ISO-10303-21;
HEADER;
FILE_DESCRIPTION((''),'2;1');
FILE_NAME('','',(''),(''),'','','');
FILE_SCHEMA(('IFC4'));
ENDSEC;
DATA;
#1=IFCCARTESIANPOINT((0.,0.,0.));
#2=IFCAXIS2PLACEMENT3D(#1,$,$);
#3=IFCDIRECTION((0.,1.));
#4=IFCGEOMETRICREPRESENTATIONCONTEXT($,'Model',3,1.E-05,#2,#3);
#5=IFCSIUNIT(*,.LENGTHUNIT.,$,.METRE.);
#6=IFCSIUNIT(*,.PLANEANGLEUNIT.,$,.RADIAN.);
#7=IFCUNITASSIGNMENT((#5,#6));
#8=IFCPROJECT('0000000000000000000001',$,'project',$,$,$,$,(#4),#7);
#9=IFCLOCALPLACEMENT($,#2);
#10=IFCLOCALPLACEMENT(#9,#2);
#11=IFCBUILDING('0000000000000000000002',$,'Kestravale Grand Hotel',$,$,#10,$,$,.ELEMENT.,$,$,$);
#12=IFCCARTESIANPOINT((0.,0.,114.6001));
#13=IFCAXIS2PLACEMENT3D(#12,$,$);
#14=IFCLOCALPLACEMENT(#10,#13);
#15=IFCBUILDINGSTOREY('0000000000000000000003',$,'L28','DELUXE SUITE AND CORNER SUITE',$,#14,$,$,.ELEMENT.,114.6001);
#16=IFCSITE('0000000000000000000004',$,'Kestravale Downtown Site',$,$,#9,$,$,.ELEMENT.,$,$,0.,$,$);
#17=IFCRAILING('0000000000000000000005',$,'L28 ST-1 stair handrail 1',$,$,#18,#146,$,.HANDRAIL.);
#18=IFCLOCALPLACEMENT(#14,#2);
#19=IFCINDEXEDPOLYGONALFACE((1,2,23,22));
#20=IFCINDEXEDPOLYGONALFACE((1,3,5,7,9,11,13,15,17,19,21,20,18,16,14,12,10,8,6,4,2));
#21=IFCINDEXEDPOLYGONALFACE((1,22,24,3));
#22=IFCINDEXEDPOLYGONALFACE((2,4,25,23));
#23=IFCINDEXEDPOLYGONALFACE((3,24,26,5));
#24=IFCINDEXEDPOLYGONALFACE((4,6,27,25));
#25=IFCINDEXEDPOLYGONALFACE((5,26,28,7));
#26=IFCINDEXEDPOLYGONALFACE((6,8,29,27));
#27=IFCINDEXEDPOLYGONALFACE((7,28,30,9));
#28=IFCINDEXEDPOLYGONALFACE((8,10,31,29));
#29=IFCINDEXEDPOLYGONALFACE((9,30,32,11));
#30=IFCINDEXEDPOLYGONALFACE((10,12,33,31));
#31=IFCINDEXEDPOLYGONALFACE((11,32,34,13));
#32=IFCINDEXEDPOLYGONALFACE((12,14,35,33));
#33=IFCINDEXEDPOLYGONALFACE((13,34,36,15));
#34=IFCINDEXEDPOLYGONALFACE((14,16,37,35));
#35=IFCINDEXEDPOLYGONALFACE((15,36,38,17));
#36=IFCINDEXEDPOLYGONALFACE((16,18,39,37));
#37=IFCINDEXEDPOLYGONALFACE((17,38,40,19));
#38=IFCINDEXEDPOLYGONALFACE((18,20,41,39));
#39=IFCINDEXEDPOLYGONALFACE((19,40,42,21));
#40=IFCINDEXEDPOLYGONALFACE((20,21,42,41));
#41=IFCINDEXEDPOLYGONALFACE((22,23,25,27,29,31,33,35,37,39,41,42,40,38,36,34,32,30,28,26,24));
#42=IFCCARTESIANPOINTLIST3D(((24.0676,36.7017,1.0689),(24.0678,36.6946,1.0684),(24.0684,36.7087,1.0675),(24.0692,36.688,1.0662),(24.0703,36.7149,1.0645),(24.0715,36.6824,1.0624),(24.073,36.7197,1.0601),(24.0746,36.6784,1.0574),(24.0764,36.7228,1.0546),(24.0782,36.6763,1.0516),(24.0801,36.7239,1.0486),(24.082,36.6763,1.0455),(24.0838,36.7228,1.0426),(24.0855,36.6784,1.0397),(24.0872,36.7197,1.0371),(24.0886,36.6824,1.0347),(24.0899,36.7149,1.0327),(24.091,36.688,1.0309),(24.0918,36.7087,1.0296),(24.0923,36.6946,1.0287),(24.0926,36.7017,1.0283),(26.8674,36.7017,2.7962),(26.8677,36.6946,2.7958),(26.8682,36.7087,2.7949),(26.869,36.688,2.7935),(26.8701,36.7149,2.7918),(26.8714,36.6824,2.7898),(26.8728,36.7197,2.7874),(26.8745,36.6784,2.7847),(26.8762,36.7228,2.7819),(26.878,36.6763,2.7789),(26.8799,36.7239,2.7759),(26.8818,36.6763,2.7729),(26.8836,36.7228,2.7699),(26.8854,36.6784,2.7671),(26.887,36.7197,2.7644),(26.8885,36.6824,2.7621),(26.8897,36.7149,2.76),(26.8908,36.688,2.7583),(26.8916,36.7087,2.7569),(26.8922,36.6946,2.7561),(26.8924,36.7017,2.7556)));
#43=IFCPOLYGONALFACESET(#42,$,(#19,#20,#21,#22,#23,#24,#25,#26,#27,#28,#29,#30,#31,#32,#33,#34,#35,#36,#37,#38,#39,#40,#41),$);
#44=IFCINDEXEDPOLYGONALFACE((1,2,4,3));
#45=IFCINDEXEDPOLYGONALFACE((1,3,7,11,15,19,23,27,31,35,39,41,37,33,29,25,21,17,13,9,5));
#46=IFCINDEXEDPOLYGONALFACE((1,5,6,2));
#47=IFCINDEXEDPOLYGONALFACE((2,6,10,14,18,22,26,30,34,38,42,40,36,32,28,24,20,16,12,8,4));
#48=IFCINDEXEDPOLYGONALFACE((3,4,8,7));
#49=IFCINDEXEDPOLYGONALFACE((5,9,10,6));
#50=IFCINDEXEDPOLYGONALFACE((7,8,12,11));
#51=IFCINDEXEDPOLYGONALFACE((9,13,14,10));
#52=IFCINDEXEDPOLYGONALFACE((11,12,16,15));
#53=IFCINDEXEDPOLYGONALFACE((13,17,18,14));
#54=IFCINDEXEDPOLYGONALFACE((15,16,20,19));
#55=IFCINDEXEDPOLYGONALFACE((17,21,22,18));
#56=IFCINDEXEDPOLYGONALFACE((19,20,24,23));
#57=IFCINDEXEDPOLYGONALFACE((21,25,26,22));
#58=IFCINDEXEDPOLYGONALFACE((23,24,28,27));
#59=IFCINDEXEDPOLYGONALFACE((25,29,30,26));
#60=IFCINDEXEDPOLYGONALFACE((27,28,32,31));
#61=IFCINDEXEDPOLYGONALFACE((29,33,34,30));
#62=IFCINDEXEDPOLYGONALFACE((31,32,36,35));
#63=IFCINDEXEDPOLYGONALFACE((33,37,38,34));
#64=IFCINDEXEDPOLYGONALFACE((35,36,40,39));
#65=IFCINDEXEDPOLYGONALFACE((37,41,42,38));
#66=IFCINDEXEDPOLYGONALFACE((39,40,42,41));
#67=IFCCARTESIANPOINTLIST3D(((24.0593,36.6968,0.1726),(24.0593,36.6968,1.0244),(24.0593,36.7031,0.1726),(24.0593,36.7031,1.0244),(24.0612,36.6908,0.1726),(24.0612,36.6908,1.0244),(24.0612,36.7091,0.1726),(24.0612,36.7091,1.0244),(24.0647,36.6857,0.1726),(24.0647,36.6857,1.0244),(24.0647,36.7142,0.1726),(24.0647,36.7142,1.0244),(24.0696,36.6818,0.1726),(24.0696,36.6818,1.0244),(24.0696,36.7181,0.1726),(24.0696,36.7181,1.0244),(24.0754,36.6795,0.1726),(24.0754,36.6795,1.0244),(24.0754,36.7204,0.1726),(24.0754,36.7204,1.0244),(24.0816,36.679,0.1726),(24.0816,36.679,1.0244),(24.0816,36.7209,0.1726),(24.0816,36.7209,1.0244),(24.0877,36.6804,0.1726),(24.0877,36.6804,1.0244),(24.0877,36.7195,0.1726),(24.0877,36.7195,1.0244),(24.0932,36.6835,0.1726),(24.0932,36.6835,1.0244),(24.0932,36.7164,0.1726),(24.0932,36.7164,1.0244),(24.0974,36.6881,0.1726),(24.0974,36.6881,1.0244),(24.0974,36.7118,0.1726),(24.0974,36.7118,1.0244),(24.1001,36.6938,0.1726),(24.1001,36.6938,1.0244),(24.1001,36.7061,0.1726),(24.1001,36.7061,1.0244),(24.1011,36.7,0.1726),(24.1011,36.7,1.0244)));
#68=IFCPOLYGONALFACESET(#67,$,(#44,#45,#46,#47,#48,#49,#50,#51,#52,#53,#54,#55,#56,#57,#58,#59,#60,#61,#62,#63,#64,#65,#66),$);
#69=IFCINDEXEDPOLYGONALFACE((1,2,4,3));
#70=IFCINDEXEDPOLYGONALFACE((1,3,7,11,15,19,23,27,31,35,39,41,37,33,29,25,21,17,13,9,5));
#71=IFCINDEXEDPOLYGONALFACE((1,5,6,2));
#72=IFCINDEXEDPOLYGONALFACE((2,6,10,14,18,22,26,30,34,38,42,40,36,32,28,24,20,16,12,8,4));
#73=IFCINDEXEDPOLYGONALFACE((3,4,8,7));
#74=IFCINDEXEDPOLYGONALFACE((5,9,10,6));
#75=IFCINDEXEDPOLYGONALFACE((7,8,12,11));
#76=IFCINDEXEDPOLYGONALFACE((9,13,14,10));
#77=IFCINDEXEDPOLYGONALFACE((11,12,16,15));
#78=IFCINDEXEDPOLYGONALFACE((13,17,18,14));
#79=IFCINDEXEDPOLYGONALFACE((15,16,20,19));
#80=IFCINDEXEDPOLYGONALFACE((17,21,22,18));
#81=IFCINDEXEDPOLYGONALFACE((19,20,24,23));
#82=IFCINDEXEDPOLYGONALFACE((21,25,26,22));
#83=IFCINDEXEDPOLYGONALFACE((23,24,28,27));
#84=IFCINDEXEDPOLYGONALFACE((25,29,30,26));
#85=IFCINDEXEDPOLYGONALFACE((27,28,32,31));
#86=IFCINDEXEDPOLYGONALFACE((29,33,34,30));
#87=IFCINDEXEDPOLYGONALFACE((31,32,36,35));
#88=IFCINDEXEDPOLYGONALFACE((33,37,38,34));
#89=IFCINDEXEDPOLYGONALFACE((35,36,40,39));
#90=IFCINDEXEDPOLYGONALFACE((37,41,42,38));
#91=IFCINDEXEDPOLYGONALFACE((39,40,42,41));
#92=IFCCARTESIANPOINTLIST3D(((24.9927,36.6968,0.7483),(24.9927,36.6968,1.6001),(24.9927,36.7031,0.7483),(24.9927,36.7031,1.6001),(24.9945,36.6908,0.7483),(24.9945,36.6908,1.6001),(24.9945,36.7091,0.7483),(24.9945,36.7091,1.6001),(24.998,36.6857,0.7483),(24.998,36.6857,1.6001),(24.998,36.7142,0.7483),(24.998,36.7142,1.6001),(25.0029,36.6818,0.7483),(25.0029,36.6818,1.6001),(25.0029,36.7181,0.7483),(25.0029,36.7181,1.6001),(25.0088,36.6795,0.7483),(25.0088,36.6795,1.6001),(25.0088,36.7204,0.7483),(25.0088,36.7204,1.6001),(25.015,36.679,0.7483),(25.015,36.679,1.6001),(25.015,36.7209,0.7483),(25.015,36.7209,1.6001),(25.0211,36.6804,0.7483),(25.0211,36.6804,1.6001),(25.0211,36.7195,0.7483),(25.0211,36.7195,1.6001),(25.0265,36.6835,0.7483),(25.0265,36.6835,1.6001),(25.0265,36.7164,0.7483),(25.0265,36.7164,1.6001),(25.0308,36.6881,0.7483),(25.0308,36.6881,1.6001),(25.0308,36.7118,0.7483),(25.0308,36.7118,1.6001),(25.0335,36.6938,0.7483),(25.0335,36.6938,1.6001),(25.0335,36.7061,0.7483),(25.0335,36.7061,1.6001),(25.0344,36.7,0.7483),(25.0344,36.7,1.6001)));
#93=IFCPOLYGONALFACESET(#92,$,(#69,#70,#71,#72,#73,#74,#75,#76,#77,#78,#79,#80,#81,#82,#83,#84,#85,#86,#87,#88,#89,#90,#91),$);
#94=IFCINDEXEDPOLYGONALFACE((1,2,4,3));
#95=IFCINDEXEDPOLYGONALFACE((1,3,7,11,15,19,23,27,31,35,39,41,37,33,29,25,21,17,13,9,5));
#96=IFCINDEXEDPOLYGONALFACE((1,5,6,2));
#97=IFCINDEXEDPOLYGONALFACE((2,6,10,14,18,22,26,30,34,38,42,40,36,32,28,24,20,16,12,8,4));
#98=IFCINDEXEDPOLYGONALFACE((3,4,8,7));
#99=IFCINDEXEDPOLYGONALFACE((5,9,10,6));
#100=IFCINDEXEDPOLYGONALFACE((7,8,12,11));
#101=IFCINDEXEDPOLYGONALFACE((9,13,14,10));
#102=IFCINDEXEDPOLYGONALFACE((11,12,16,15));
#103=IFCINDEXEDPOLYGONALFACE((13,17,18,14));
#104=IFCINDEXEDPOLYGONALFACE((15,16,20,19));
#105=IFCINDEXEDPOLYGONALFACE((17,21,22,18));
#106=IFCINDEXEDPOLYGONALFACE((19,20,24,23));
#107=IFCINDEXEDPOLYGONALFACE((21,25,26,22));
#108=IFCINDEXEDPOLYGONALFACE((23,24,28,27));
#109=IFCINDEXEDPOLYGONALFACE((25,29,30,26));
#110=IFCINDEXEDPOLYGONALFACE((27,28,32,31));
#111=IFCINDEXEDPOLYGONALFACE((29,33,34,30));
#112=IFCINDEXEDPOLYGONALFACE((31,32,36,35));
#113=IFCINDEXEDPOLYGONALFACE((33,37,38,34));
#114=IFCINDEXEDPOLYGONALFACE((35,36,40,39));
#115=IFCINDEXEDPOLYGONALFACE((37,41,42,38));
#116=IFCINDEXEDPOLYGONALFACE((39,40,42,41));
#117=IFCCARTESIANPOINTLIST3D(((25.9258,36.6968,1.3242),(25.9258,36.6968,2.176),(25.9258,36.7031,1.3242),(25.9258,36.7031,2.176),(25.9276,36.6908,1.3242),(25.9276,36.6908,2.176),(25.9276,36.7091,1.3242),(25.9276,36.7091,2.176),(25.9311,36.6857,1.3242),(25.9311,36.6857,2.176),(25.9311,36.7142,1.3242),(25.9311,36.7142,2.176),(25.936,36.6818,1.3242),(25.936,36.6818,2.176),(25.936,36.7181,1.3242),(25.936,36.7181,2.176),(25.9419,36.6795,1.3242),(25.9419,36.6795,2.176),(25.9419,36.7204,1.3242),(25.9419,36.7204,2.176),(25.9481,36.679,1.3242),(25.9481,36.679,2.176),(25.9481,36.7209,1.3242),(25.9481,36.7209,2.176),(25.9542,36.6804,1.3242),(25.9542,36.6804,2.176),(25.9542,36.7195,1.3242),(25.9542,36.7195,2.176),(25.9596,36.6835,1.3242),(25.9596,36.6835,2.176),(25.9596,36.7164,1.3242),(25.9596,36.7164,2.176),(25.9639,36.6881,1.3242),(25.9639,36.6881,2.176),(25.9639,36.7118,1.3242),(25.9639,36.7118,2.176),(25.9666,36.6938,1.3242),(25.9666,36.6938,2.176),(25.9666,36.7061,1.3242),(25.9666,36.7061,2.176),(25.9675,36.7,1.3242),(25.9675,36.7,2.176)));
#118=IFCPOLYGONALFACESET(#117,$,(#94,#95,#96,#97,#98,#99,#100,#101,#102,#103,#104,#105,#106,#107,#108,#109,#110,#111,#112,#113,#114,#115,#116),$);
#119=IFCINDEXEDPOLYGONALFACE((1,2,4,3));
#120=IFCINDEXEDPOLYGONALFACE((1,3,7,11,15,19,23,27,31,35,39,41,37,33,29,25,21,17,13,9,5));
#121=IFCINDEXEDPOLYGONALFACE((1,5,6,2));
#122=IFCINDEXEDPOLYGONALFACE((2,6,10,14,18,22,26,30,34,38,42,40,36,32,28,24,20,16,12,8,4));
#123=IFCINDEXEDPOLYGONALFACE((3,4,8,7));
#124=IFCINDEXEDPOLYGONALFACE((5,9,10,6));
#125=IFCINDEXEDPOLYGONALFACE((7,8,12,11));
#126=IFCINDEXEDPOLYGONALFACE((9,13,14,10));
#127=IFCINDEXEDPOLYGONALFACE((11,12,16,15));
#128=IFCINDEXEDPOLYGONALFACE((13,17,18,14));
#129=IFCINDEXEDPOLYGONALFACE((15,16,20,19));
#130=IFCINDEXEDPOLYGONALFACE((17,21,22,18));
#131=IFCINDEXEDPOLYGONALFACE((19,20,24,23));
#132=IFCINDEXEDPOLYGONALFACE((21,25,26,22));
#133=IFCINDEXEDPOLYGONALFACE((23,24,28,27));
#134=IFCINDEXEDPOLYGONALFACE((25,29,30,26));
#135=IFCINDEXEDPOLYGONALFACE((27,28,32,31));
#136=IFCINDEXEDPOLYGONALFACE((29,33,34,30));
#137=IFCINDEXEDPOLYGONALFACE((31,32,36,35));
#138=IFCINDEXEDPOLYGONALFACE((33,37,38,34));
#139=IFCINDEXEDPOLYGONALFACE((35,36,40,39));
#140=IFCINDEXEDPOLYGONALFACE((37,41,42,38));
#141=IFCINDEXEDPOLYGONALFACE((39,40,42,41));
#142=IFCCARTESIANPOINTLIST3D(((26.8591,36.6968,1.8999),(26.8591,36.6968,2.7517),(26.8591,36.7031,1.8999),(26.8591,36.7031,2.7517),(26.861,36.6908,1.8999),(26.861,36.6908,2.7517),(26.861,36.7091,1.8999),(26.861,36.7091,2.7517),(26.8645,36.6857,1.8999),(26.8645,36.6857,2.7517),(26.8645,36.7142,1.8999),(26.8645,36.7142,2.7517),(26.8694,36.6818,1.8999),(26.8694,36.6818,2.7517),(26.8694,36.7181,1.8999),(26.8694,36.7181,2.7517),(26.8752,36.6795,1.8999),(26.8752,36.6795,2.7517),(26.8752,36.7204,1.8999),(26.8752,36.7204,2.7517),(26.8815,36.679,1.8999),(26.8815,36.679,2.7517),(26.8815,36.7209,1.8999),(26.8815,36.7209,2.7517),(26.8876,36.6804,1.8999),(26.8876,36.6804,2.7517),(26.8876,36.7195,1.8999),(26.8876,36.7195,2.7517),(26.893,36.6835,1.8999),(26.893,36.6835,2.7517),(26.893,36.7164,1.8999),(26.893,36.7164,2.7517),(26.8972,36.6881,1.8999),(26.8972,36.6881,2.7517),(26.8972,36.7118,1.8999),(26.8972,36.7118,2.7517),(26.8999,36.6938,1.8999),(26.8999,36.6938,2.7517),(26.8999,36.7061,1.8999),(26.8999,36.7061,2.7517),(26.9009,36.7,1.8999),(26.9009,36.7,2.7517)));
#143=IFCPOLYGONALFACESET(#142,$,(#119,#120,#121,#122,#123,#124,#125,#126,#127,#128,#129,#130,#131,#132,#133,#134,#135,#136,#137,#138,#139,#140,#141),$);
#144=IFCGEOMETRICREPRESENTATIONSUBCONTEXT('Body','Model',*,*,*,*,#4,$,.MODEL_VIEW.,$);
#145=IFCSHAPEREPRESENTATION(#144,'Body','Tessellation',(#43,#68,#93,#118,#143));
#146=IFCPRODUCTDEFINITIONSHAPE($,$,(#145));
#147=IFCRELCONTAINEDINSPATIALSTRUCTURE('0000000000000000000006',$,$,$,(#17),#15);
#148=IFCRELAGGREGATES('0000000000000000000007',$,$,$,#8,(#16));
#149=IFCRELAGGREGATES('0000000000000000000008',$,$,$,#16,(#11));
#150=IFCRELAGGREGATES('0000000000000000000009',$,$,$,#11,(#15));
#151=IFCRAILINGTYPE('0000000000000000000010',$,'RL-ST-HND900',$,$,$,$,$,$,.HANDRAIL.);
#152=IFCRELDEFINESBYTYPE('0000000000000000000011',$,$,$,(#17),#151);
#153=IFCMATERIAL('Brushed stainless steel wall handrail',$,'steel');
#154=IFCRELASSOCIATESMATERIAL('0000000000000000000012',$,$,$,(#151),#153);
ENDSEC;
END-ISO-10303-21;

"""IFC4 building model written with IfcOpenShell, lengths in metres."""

from ifc_helpers import new_model, si_unit, direction, frame, origin, origin_2d, place, context, subcontext, project, spatial, circle, extrude, material, type_object, element, save


model = new_model("IFC4")

# Units and contexts
model_context = context("Model", 3, precision=1e-05, world=origin(), true_north=direction((0.0, 1.0)))
body_context = subcontext(model_context, "Body", "Model", "MODEL_VIEW")
ifc_project = project(units=[si_unit("LENGTHUNIT", "METRE"), si_unit("PLANEANGLEUNIT", "RADIAN")], contexts=[model_context])

# Site, building, storey
site_placement = place(None, origin())
site = spatial("IfcSite", under=ifc_project, at=site_placement, Name="Kestravale Downtown Site", CompositionType="ELEMENT", RefElevation=0.0)
building_placement = place(site_placement, origin())
building = spatial("IfcBuilding", under=site, at=building_placement, Name="Kestravale Grand Hotel", CompositionType="ELEMENT")
storey_placement = place(building_placement, frame((0.0, 0.0, 114.6001)))
storey = spatial("IfcBuildingStorey", under=building, at=storey_placement, Name="L28", Description="DELUXE SUITE AND CORNER SUITE", CompositionType="ELEMENT", Elevation=114.6001)

# Railing
ifc_material_1 = material(Name="Brushed stainless steel wall handrail", Category="steel")
railing_type_1 = type_object("IfcRailingType", Name="RL-ST-HND900", PredefinedType="HANDRAIL", material=ifc_material_1)
railing_1_placement = place(storey_placement, frame((24.0801, 36.7, 0.1726)))
element("IfcRailing", 1, at=railing_1_placement, inside=storey, type_object=railing_type_1, Name="L28 ST-1 stair handrail 1", PredefinedType="HANDRAIL", context=body_context, shape_type="SweptSolid", body=[
    extrude(circle(Radius=0.0239, at=origin_2d()), frame((0.0, 0.0, 0.876), z_axis=(0.851069, 0.0, 0.525054), x_axis=(0.0, 1.0, 0.0)), (0.0, 0.0, 1.0), 3.2898),
    extrude(circle(Radius=0.021, at=origin_2d()), origin(), (0.0, 0.0, 1.0), 0.8518),
    extrude(circle(Radius=0.021, at=origin_2d()), frame((0.9333, 0.0, 0.5757)), (0.0, 0.0, 1.0), 0.8518),
    extrude(circle(Radius=0.021, at=origin_2d()), frame((1.8665, 0.0, 1.1516)), (0.0, 0.0, 1.0), 0.8518),
    extrude(circle(Radius=0.021, at=origin_2d()), frame((2.7998, 0.0, 1.7273)), (0.0, 0.0, 1.0), 0.8518),
])

save(model, "model.ifc")
